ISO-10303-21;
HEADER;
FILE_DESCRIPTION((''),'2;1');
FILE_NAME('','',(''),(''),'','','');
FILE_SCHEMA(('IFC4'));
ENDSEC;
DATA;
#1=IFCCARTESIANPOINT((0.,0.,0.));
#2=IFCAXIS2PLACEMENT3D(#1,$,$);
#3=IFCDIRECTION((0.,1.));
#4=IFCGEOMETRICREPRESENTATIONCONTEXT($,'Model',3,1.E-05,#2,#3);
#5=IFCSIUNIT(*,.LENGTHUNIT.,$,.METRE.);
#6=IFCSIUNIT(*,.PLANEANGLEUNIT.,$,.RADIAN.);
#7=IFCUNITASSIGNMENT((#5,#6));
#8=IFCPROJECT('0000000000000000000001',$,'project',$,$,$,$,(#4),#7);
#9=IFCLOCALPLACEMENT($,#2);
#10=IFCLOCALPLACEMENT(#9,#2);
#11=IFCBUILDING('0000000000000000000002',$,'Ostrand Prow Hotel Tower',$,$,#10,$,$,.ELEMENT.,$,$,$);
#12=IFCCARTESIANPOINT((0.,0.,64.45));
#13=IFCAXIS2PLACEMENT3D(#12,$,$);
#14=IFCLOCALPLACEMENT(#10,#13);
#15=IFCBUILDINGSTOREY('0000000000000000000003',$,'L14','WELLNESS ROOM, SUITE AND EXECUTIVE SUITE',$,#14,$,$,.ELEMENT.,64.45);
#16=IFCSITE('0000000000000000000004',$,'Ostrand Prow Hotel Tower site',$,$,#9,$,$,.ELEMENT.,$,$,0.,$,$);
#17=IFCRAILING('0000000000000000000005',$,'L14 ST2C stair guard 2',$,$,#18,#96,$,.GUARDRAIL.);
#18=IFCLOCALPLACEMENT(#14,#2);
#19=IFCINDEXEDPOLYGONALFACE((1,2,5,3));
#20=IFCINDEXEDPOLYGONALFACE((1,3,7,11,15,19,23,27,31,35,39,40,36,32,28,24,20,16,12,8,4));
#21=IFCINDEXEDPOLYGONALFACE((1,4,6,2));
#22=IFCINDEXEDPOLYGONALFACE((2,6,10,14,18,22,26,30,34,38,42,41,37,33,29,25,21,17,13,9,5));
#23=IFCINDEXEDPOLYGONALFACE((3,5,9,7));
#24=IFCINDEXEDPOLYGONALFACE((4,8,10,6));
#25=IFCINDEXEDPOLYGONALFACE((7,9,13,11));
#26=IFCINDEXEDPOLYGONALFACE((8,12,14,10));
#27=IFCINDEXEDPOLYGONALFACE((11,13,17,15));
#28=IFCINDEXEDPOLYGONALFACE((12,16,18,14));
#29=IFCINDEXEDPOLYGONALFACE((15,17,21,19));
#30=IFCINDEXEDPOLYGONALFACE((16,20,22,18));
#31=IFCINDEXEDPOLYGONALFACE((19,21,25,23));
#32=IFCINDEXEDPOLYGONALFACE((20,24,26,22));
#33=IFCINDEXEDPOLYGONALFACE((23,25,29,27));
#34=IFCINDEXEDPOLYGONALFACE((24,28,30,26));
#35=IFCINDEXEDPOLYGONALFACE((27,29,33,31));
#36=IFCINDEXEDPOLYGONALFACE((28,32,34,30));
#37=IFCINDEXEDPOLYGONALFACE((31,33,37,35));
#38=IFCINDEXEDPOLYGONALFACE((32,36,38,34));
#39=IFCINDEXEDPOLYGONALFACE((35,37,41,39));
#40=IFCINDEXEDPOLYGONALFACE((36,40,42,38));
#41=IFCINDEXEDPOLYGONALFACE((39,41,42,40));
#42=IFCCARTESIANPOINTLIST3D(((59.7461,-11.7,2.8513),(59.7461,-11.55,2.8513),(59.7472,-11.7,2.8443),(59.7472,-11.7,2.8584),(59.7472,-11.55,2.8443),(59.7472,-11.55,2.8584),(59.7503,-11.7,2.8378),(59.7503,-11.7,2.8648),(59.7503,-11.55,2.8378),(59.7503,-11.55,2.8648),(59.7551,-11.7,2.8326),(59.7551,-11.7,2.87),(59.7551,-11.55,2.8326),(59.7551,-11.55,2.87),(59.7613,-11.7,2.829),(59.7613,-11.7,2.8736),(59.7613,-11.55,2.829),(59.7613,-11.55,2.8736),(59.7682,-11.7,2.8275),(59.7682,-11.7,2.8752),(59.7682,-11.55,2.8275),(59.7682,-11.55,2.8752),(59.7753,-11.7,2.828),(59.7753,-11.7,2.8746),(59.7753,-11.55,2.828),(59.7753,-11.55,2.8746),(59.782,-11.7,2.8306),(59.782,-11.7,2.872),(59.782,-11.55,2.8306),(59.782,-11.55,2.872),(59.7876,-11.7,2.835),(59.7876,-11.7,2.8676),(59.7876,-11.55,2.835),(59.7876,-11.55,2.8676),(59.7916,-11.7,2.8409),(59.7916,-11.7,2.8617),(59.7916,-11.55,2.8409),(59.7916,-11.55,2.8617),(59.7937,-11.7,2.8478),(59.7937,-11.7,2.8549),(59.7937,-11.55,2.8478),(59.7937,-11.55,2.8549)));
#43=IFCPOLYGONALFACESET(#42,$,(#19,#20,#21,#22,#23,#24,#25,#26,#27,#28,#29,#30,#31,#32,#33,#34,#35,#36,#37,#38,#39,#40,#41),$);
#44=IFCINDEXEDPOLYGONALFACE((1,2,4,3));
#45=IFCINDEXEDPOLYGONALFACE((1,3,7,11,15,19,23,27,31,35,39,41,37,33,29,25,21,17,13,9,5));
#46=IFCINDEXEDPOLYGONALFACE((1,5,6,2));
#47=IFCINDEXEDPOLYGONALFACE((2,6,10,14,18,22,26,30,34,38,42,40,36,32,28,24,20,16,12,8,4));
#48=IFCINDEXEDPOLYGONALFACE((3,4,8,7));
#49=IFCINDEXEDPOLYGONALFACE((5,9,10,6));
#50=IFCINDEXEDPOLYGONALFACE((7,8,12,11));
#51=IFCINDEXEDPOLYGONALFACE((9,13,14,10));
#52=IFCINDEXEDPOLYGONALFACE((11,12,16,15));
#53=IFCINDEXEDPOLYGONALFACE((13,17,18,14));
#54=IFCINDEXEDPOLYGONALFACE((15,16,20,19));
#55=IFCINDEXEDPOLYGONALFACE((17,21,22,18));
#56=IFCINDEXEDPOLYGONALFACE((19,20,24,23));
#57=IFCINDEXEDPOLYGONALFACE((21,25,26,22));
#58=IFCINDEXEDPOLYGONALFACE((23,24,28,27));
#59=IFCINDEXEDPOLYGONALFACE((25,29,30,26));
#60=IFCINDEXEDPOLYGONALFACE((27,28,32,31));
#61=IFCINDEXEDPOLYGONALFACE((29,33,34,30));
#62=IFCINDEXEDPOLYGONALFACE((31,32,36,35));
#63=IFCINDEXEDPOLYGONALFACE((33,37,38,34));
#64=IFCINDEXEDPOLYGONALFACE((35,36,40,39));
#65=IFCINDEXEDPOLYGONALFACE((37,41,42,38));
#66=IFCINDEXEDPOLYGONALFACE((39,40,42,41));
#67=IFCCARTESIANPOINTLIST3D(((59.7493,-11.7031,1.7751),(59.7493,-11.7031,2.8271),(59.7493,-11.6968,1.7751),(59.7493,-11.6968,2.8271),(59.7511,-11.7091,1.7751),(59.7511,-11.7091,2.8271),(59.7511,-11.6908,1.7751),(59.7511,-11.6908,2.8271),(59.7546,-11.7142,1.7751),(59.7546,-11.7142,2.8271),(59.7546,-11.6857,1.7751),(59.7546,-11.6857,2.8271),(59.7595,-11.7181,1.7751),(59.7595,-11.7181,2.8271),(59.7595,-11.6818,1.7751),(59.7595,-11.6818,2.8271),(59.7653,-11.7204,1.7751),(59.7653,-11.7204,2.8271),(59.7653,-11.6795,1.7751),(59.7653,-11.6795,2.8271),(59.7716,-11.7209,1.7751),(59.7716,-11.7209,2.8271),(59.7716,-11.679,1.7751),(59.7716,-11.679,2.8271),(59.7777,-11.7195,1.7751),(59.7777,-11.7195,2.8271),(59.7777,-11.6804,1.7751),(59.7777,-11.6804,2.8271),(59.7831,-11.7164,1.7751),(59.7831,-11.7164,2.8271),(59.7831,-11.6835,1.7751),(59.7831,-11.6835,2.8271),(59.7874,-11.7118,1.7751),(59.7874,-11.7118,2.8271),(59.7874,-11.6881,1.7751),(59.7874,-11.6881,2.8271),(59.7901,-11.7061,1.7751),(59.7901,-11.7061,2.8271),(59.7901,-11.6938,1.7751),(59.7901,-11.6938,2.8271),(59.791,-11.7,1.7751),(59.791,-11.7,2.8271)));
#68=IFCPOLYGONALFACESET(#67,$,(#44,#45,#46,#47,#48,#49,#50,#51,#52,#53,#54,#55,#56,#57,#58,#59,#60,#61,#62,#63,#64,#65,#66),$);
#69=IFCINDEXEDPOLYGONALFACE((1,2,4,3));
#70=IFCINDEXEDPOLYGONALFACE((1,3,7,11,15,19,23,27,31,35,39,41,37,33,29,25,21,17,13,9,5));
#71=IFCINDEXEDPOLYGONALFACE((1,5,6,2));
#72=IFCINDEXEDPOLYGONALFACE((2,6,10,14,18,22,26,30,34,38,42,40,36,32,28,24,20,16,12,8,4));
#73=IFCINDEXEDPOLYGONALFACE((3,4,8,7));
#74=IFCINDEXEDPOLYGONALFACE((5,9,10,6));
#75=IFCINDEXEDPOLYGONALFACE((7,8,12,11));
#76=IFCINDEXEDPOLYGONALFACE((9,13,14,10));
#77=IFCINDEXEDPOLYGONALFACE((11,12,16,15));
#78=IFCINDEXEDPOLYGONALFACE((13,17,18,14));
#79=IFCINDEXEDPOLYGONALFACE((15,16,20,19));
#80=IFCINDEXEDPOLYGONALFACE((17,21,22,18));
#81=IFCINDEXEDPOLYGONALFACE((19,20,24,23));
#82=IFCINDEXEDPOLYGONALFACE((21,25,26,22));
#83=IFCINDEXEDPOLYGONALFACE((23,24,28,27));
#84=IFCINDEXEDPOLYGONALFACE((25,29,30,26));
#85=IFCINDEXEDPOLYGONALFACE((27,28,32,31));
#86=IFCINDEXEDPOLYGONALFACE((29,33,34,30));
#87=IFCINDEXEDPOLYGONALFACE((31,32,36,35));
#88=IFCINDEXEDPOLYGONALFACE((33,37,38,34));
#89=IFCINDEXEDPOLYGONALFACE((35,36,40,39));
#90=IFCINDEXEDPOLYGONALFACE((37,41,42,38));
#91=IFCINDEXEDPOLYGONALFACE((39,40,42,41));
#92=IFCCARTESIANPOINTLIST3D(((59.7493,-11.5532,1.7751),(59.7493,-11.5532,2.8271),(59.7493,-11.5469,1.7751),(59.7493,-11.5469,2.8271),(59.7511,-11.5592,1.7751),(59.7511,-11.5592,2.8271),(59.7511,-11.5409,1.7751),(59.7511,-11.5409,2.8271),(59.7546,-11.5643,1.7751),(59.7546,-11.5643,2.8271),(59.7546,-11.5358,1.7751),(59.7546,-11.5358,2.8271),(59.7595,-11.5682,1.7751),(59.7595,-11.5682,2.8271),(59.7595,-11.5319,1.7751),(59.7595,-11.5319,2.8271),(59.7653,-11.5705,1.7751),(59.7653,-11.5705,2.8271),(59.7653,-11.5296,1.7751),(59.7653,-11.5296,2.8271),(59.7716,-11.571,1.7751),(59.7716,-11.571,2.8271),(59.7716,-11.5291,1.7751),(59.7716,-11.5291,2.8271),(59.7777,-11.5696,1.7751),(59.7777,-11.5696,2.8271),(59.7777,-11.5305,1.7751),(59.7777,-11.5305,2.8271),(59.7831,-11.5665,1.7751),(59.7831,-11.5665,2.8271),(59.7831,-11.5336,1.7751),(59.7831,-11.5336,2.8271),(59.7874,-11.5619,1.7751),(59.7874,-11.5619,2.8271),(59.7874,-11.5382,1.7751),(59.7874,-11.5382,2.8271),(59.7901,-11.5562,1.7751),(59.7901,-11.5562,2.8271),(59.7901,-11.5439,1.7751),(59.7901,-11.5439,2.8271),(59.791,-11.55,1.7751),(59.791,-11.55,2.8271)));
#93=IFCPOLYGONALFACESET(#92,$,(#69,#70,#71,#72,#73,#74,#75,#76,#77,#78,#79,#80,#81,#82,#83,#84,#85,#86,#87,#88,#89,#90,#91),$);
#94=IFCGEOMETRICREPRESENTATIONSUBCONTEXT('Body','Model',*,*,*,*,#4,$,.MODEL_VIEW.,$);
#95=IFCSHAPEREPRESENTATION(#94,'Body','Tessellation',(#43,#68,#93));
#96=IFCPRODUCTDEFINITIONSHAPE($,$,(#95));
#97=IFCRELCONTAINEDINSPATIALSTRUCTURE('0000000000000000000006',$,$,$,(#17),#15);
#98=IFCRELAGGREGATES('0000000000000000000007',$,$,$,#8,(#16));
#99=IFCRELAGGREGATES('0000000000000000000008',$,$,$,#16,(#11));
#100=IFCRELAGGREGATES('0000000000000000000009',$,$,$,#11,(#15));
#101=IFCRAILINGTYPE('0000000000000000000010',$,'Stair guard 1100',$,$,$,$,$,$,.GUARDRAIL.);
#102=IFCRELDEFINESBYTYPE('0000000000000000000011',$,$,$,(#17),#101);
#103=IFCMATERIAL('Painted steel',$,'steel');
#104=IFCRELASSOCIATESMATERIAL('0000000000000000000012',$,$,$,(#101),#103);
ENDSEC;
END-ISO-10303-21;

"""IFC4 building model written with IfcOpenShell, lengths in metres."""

from ifc_helpers import new_model, si_unit, direction, frame, origin, origin_2d, place, context, subcontext, project, spatial, circle, extrude, material, type_object, element, save


model = new_model("IFC4")

# Units and contexts
model_context = context("Model", 3, precision=1e-05, world=origin(), true_north=direction((0.0, 1.0)))
body_context = subcontext(model_context, "Body", "Model", "MODEL_VIEW")
ifc_project = project(units=[si_unit("LENGTHUNIT", "METRE"), si_unit("PLANEANGLEUNIT", "RADIAN")], contexts=[model_context])

# Site, building, storey
site_placement = place(None, origin())
site = spatial("IfcSite", under=ifc_project, at=site_placement, Name="Ostrand Prow Hotel Tower site", CompositionType="ELEMENT", RefElevation=0.0)
building_placement = place(site_placement, origin())
building = spatial("IfcBuilding", under=site, at=building_placement, Name="Ostrand Prow Hotel Tower", CompositionType="ELEMENT")
storey_placement = place(building_placement, frame((0.0, 0.0, 64.45)))
storey = spatial("IfcBuildingStorey", under=building, at=storey_placement, Name="L14", Description="WELLNESS ROOM, SUITE AND EXECUTIVE SUITE", CompositionType="ELEMENT", Elevation=64.45)

# Railing
ifc_material_1 = material(Name="Painted steel", Category="steel")
railing_type_1 = type_object("IfcRailingType", Name="Stair guard 1100", PredefinedType="GUARDRAIL", material=ifc_material_1)
railing_1_placement = place(storey_placement, frame((59.77, -11.7, 1.7751)))
element("IfcRailing", 1, at=railing_1_placement, inside=storey, type_object=railing_type_1, Name="L14 ST2C stair guard 2", PredefinedType="GUARDRAIL", context=body_context, shape_type="SweptSolid", body=[
    extrude(circle(Radius=0.0239, at=origin_2d()), frame((0.0, 0.0, 1.0762), z_axis=(0.0, 1.0, 0.0), x_axis=(-1.0, 0.0, 0.0)), (0.0, 0.0, 1.0), 0.1499),
    extrude(circle(Radius=0.021, at=origin_2d()), origin(), (0.0, 0.0, 1.0), 1.052),
    extrude(circle(Radius=0.021, at=origin_2d()), frame((0.0, 0.1499, 0.0)), (0.0, 0.0, 1.0), 1.052),
])

save(model, "model.ifc")
